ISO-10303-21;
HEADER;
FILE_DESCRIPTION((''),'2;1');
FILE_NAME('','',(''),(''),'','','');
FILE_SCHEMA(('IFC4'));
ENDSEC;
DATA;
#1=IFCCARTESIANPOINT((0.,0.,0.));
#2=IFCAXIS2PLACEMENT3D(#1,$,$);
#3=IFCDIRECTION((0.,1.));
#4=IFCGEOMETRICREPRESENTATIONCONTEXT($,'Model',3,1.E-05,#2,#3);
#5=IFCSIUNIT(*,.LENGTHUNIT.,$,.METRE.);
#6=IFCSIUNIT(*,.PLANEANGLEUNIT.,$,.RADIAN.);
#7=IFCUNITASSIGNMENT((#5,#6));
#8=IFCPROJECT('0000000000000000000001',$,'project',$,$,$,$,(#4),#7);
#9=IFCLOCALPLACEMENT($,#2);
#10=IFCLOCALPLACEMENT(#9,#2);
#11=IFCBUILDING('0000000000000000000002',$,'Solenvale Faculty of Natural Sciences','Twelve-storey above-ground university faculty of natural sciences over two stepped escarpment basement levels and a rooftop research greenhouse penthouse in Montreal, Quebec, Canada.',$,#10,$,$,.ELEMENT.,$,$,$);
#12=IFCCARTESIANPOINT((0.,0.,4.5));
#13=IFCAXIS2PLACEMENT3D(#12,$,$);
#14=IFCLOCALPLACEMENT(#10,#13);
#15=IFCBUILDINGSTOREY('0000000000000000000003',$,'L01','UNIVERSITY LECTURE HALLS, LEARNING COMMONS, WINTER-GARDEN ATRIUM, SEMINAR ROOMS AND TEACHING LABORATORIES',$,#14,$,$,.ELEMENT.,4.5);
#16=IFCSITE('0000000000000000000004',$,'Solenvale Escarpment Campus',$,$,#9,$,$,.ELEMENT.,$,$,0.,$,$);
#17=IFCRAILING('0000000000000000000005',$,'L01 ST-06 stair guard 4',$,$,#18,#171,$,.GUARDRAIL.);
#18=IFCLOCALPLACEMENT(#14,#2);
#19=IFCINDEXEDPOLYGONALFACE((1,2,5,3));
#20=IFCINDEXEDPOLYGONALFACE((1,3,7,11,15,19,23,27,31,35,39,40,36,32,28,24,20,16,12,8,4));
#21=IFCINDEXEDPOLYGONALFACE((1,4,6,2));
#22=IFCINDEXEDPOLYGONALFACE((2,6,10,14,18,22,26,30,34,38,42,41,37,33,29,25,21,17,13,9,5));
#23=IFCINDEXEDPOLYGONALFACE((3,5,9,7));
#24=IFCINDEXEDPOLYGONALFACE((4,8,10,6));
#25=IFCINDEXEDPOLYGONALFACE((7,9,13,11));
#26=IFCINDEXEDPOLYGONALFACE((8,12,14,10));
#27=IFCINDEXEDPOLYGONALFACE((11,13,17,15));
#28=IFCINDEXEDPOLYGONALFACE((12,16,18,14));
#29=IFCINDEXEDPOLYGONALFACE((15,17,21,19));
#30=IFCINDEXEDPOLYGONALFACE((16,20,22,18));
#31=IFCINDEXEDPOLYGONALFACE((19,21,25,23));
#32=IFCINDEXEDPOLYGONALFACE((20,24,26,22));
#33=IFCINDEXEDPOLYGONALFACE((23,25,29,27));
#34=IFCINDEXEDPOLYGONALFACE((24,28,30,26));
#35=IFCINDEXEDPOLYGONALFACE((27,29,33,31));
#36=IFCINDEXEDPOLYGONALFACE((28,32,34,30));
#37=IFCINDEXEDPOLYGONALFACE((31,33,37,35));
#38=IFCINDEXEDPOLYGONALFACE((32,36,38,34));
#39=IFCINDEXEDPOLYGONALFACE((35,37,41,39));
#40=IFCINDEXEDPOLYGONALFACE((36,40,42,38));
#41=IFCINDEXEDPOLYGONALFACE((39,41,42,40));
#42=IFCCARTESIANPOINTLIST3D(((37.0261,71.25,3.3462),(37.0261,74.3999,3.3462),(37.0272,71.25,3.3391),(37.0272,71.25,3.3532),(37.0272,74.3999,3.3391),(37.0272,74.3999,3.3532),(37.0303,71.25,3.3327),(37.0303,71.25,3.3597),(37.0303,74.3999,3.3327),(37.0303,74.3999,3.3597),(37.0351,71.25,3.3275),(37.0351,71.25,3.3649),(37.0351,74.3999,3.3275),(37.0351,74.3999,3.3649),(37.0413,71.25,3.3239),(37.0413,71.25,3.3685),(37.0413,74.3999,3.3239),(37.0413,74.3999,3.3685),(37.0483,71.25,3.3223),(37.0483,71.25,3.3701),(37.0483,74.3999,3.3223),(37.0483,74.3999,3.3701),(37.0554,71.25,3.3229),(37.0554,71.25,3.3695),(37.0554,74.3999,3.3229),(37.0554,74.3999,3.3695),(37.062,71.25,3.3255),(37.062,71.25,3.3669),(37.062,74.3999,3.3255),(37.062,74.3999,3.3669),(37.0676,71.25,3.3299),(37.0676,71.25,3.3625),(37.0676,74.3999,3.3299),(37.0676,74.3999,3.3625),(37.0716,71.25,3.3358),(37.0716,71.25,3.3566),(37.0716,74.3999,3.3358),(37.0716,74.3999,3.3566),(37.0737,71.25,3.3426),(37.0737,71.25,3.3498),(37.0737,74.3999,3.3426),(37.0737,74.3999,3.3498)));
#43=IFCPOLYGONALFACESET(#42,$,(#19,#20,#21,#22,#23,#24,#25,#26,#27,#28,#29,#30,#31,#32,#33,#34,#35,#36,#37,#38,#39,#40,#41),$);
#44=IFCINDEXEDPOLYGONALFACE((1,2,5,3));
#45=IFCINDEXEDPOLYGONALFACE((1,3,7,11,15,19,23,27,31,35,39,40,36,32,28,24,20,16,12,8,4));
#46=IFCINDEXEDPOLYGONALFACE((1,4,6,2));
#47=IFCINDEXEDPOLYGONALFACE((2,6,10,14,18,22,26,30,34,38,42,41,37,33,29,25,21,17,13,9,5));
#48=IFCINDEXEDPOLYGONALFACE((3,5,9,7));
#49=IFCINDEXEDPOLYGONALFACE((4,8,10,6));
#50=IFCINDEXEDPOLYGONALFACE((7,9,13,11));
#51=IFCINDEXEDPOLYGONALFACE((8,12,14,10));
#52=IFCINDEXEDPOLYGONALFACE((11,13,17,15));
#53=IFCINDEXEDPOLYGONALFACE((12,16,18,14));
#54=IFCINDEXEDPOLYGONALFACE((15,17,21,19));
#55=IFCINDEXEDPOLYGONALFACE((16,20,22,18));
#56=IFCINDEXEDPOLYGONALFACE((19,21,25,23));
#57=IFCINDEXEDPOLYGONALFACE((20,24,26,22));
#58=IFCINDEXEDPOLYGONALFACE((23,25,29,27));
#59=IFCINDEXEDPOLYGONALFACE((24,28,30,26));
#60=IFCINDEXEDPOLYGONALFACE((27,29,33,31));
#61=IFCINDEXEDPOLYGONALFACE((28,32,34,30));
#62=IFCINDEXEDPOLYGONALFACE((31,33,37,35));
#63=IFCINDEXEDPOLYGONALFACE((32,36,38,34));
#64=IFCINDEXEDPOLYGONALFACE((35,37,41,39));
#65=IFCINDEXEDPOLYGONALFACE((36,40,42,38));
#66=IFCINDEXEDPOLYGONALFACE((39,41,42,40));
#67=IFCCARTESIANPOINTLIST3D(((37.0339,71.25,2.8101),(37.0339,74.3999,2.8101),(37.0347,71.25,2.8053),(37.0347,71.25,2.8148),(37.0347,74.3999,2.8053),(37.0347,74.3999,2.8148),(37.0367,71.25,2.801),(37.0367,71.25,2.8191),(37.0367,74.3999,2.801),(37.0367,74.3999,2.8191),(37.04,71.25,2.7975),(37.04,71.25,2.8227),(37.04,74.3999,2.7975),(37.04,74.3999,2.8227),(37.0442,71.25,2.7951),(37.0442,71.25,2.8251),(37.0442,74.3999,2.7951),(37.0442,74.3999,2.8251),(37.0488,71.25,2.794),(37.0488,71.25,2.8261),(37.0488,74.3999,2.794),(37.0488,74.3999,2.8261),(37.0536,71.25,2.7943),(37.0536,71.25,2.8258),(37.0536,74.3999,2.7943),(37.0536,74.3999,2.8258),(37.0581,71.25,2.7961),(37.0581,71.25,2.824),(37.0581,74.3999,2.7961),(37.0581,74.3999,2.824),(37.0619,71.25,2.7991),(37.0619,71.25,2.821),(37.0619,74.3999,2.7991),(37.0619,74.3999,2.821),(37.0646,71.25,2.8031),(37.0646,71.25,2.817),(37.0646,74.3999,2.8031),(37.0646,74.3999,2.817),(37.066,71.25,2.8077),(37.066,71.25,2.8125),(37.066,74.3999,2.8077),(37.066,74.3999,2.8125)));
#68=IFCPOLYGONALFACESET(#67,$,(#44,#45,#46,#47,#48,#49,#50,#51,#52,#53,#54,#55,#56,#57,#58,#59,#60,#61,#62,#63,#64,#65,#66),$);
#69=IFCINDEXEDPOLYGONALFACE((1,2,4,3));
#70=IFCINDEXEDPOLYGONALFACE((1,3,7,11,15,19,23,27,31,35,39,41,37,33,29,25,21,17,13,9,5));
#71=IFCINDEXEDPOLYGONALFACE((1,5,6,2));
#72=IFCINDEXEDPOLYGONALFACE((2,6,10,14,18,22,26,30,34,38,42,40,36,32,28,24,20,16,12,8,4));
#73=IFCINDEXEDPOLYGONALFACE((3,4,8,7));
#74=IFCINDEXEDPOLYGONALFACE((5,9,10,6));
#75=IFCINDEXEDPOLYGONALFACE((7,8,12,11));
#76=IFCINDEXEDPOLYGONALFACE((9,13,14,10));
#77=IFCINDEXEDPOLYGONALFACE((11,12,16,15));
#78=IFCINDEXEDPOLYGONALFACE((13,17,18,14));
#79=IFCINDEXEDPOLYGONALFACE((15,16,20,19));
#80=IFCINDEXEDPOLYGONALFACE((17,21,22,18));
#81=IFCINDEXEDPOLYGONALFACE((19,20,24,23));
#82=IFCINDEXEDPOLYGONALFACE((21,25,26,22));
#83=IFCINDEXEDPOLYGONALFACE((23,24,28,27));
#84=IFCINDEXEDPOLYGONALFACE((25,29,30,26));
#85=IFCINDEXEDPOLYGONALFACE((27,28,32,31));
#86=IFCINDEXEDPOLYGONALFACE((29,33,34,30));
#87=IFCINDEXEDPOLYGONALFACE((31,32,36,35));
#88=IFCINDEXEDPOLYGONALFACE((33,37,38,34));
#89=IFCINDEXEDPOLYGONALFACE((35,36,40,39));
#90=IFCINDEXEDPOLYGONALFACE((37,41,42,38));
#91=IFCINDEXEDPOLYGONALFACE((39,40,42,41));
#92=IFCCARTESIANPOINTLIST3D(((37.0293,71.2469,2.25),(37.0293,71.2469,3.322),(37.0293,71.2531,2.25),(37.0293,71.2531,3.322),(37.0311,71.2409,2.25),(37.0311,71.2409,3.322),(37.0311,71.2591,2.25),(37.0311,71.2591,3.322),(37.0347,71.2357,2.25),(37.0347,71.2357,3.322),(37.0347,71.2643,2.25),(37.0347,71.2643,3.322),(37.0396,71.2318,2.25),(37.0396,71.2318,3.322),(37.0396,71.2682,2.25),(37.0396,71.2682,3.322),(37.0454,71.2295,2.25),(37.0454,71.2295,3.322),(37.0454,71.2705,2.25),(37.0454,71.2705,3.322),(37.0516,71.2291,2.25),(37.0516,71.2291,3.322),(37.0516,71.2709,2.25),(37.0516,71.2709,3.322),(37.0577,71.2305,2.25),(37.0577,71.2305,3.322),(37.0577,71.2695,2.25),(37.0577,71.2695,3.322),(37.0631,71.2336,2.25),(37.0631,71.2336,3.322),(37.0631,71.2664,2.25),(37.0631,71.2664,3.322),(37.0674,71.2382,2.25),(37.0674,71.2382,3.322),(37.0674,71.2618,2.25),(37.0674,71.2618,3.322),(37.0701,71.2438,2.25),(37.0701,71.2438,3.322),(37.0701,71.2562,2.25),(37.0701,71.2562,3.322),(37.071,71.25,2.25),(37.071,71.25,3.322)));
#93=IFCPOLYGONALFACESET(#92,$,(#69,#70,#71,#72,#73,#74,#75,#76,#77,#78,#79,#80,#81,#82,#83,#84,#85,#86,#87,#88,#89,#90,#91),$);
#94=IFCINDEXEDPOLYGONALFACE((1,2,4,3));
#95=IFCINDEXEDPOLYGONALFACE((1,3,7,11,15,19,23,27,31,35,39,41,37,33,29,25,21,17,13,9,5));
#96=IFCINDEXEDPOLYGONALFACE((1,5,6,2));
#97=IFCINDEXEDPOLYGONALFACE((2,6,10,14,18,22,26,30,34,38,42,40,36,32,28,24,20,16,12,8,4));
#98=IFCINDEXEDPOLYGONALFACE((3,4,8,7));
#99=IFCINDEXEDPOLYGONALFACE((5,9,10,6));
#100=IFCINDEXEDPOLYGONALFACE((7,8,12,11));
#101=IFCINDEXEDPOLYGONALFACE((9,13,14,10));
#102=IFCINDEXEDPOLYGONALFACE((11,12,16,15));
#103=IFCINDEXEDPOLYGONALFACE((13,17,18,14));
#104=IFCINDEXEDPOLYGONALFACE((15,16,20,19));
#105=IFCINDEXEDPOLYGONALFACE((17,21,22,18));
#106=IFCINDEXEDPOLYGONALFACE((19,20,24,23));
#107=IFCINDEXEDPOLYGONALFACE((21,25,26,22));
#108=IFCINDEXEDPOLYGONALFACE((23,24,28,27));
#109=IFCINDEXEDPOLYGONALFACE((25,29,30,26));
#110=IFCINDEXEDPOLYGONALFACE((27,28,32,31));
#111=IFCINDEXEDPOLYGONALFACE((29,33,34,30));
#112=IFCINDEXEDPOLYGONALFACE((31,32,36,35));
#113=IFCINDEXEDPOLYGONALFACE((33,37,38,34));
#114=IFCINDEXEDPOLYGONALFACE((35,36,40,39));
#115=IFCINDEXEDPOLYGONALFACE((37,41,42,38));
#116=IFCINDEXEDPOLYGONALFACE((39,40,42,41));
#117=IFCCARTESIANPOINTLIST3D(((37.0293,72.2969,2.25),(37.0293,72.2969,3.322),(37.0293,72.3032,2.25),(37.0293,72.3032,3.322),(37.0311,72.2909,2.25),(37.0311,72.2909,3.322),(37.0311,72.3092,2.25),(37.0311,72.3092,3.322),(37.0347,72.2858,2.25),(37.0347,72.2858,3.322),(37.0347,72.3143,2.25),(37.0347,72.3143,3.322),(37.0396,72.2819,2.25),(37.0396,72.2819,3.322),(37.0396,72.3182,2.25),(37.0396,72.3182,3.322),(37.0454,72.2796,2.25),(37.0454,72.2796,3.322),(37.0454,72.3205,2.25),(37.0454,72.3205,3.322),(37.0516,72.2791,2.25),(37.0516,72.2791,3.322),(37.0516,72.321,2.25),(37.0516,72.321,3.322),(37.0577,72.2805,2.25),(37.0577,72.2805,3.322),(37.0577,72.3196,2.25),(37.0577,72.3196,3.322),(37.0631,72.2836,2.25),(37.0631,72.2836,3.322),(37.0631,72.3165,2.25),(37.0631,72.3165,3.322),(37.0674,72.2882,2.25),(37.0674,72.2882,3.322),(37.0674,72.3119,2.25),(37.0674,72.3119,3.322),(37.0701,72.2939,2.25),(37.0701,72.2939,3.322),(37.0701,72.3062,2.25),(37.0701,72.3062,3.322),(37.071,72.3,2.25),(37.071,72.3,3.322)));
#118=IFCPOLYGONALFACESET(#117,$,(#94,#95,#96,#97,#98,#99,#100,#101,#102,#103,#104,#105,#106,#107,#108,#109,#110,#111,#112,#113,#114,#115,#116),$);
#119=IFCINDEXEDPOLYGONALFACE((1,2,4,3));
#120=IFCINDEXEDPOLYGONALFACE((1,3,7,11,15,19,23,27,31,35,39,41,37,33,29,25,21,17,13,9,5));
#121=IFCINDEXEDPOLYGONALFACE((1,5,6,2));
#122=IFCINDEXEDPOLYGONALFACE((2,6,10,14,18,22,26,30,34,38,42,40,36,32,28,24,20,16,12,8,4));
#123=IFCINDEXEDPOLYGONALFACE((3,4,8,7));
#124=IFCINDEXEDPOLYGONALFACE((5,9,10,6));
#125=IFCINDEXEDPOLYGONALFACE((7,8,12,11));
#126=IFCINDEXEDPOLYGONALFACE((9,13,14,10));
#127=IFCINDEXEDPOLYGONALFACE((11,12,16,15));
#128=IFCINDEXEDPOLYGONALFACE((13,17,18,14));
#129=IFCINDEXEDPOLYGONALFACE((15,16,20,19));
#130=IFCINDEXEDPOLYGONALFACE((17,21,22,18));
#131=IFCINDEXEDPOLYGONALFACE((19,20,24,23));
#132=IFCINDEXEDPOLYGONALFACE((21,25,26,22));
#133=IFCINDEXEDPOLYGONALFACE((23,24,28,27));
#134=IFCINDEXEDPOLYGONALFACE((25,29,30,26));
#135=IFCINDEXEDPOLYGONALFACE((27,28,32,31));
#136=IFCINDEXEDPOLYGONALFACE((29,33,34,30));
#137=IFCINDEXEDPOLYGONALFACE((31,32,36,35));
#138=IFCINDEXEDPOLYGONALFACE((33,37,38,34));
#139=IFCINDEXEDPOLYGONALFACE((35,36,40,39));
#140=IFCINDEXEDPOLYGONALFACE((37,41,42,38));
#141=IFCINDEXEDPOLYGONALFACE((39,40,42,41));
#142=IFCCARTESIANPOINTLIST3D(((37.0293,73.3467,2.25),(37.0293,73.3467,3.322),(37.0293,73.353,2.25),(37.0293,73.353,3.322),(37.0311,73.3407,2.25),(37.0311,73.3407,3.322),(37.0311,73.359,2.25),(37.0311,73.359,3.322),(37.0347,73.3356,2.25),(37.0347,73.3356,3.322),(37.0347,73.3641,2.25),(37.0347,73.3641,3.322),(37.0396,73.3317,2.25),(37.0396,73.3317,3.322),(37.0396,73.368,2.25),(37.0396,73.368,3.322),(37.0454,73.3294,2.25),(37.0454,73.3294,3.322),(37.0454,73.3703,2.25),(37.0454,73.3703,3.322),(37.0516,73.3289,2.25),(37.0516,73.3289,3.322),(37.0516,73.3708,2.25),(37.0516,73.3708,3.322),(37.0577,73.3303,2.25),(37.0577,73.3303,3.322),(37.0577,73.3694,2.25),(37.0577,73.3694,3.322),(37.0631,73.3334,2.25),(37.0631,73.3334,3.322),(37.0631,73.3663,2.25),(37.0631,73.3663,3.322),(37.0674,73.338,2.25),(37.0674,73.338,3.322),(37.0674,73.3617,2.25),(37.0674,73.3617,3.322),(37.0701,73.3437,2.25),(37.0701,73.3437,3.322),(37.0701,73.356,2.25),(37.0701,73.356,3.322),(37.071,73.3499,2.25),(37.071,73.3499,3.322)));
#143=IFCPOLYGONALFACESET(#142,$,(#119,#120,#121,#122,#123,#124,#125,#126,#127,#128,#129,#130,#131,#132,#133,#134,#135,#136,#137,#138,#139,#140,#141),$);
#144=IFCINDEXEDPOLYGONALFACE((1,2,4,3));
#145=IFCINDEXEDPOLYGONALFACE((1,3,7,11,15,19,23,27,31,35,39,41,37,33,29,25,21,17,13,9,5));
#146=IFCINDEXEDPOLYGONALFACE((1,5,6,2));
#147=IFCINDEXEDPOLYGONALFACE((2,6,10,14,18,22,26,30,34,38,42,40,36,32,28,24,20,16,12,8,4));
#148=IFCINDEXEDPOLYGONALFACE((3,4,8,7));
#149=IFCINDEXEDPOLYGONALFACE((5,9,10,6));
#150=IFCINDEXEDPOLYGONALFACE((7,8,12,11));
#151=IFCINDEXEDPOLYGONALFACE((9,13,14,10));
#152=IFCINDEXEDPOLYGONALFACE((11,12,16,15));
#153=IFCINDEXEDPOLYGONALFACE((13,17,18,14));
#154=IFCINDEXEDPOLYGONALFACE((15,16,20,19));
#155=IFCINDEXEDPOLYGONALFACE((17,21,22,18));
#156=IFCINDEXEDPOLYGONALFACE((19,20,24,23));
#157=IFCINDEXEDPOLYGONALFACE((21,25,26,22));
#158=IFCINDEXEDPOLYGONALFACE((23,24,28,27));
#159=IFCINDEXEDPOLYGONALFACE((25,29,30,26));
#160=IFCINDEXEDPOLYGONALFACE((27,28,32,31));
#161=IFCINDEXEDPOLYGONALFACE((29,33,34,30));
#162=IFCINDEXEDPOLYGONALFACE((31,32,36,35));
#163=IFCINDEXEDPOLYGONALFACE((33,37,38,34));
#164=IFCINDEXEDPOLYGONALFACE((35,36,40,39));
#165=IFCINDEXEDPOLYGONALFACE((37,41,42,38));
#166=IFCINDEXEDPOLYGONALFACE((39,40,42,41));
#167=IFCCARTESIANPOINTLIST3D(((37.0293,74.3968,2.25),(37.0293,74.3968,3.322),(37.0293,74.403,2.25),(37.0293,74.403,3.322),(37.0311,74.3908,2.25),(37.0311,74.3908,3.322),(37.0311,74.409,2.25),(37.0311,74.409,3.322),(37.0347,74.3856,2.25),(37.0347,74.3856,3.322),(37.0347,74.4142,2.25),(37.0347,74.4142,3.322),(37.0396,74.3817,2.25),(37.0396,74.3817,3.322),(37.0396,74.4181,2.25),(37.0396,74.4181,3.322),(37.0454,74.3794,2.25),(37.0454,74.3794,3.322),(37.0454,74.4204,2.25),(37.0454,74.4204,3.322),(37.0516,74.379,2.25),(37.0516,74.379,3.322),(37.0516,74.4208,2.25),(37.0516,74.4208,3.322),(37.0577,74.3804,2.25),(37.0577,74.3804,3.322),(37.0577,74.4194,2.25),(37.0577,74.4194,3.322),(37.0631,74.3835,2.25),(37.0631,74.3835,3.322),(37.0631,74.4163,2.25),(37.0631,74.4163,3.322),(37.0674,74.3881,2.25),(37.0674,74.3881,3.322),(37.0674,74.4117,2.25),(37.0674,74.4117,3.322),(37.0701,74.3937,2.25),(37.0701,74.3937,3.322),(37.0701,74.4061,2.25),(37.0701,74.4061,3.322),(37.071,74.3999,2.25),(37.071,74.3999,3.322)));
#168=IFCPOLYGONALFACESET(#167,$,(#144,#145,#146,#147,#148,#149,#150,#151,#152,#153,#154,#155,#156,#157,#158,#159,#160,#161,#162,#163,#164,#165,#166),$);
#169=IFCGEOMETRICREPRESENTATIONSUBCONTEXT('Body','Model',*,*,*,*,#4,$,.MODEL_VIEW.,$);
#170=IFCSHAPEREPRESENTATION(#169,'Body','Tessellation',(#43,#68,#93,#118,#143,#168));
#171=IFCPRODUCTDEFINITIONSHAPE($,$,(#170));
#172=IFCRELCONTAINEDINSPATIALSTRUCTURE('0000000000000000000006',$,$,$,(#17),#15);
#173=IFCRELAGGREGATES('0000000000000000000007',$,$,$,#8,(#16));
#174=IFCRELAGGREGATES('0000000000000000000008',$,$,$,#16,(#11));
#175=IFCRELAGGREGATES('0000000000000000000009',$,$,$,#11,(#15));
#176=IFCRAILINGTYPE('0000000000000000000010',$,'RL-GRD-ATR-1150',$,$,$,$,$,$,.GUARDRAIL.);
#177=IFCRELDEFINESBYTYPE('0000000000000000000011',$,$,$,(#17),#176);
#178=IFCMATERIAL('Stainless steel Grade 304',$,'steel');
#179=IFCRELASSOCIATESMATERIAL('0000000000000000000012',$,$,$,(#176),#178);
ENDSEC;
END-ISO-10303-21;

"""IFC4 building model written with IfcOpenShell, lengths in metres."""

from ifc_helpers import new_model, si_unit, direction, frame, origin, origin_2d, place, context, subcontext, project, spatial, circle, extrude, material, type_object, element, save


model = new_model("IFC4")

# Units and contexts
model_context = context("Model", 3, precision=1e-05, world=origin(), true_north=direction((0.0, 1.0)))
body_context = subcontext(model_context, "Body", "Model", "MODEL_VIEW")
ifc_project = project(units=[si_unit("LENGTHUNIT", "METRE"), si_unit("PLANEANGLEUNIT", "RADIAN")], contexts=[model_context])

# Site, building, storey
site_placement = place(None, origin())
site = spatial("IfcSite", under=ifc_project, at=site_placement, Name="Solenvale Escarpment Campus", CompositionType="ELEMENT", RefElevation=0.0)
building_placement = place(site_placement, origin())
building = spatial("IfcBuilding", under=site, at=building_placement, Name="Solenvale Faculty of Natural Sciences", Description="Twelve-storey above-ground university faculty of natural sciences over two stepped escarpment basement levels and a rooftop research greenhouse penthouse in Montreal, Quebec, Canada.", CompositionType="ELEMENT")
storey_placement = place(building_placement, frame((0.0, 0.0, 4.5)))
storey = spatial("IfcBuildingStorey", under=building, at=storey_placement, Name="L01", Description="UNIVERSITY LECTURE HALLS, LEARNING COMMONS, WINTER-GARDEN ATRIUM, SEMINAR ROOMS AND TEACHING LABORATORIES", CompositionType="ELEMENT", Elevation=4.5)

# Railing
ifc_material_1 = material(Name="Stainless steel Grade 304", Category="steel")
railing_type_1 = type_object("IfcRailingType", Name="RL-GRD-ATR-1150", PredefinedType="GUARDRAIL", material=ifc_material_1)
for number, where, name in (
    (1, (37.05, 71.25, 2.25), "L01 ST-06 stair guard 4"),
):
    element("IfcRailing", number, at=place(storey_placement, frame(where)), inside=storey, type_object=railing_type_1, Name=name, PredefinedType="GUARDRAIL", context=body_context, shape_type="SweptSolid", body=[
        extrude(circle(Radius=0.0239, at=origin_2d()), frame((0.0, 0.0, 1.0962), z_axis=(0.0, 1.0, 0.0), x_axis=(-1.0, 0.0, 0.0)), (0.0, 0.0, 1.0), 3.1499),
        extrude(circle(Radius=0.0161, at=origin_2d()), frame((0.0, 0.0, 0.5601), z_axis=(0.0, 1.0, 0.0), x_axis=(-1.0, 0.0, 0.0)), (0.0, 0.0, 1.0), 3.1499),
        extrude(circle(Radius=0.021, at=origin_2d()), origin(), (0.0, 0.0, 1.0), 1.072),
        extrude(circle(Radius=0.021, at=origin_2d()), frame((0.0, 1.05, 0.0)), (0.0, 0.0, 1.0), 1.072),
        extrude(circle(Radius=0.021, at=origin_2d()), frame((0.0, 2.0999, 0.0)), (0.0, 0.0, 1.0), 1.072),
        extrude(circle(Radius=0.021, at=origin_2d()), frame((0.0, 3.1499, 0.0)), (0.0, 0.0, 1.0), 1.072),
    ])

save(model, "model.ifc")
